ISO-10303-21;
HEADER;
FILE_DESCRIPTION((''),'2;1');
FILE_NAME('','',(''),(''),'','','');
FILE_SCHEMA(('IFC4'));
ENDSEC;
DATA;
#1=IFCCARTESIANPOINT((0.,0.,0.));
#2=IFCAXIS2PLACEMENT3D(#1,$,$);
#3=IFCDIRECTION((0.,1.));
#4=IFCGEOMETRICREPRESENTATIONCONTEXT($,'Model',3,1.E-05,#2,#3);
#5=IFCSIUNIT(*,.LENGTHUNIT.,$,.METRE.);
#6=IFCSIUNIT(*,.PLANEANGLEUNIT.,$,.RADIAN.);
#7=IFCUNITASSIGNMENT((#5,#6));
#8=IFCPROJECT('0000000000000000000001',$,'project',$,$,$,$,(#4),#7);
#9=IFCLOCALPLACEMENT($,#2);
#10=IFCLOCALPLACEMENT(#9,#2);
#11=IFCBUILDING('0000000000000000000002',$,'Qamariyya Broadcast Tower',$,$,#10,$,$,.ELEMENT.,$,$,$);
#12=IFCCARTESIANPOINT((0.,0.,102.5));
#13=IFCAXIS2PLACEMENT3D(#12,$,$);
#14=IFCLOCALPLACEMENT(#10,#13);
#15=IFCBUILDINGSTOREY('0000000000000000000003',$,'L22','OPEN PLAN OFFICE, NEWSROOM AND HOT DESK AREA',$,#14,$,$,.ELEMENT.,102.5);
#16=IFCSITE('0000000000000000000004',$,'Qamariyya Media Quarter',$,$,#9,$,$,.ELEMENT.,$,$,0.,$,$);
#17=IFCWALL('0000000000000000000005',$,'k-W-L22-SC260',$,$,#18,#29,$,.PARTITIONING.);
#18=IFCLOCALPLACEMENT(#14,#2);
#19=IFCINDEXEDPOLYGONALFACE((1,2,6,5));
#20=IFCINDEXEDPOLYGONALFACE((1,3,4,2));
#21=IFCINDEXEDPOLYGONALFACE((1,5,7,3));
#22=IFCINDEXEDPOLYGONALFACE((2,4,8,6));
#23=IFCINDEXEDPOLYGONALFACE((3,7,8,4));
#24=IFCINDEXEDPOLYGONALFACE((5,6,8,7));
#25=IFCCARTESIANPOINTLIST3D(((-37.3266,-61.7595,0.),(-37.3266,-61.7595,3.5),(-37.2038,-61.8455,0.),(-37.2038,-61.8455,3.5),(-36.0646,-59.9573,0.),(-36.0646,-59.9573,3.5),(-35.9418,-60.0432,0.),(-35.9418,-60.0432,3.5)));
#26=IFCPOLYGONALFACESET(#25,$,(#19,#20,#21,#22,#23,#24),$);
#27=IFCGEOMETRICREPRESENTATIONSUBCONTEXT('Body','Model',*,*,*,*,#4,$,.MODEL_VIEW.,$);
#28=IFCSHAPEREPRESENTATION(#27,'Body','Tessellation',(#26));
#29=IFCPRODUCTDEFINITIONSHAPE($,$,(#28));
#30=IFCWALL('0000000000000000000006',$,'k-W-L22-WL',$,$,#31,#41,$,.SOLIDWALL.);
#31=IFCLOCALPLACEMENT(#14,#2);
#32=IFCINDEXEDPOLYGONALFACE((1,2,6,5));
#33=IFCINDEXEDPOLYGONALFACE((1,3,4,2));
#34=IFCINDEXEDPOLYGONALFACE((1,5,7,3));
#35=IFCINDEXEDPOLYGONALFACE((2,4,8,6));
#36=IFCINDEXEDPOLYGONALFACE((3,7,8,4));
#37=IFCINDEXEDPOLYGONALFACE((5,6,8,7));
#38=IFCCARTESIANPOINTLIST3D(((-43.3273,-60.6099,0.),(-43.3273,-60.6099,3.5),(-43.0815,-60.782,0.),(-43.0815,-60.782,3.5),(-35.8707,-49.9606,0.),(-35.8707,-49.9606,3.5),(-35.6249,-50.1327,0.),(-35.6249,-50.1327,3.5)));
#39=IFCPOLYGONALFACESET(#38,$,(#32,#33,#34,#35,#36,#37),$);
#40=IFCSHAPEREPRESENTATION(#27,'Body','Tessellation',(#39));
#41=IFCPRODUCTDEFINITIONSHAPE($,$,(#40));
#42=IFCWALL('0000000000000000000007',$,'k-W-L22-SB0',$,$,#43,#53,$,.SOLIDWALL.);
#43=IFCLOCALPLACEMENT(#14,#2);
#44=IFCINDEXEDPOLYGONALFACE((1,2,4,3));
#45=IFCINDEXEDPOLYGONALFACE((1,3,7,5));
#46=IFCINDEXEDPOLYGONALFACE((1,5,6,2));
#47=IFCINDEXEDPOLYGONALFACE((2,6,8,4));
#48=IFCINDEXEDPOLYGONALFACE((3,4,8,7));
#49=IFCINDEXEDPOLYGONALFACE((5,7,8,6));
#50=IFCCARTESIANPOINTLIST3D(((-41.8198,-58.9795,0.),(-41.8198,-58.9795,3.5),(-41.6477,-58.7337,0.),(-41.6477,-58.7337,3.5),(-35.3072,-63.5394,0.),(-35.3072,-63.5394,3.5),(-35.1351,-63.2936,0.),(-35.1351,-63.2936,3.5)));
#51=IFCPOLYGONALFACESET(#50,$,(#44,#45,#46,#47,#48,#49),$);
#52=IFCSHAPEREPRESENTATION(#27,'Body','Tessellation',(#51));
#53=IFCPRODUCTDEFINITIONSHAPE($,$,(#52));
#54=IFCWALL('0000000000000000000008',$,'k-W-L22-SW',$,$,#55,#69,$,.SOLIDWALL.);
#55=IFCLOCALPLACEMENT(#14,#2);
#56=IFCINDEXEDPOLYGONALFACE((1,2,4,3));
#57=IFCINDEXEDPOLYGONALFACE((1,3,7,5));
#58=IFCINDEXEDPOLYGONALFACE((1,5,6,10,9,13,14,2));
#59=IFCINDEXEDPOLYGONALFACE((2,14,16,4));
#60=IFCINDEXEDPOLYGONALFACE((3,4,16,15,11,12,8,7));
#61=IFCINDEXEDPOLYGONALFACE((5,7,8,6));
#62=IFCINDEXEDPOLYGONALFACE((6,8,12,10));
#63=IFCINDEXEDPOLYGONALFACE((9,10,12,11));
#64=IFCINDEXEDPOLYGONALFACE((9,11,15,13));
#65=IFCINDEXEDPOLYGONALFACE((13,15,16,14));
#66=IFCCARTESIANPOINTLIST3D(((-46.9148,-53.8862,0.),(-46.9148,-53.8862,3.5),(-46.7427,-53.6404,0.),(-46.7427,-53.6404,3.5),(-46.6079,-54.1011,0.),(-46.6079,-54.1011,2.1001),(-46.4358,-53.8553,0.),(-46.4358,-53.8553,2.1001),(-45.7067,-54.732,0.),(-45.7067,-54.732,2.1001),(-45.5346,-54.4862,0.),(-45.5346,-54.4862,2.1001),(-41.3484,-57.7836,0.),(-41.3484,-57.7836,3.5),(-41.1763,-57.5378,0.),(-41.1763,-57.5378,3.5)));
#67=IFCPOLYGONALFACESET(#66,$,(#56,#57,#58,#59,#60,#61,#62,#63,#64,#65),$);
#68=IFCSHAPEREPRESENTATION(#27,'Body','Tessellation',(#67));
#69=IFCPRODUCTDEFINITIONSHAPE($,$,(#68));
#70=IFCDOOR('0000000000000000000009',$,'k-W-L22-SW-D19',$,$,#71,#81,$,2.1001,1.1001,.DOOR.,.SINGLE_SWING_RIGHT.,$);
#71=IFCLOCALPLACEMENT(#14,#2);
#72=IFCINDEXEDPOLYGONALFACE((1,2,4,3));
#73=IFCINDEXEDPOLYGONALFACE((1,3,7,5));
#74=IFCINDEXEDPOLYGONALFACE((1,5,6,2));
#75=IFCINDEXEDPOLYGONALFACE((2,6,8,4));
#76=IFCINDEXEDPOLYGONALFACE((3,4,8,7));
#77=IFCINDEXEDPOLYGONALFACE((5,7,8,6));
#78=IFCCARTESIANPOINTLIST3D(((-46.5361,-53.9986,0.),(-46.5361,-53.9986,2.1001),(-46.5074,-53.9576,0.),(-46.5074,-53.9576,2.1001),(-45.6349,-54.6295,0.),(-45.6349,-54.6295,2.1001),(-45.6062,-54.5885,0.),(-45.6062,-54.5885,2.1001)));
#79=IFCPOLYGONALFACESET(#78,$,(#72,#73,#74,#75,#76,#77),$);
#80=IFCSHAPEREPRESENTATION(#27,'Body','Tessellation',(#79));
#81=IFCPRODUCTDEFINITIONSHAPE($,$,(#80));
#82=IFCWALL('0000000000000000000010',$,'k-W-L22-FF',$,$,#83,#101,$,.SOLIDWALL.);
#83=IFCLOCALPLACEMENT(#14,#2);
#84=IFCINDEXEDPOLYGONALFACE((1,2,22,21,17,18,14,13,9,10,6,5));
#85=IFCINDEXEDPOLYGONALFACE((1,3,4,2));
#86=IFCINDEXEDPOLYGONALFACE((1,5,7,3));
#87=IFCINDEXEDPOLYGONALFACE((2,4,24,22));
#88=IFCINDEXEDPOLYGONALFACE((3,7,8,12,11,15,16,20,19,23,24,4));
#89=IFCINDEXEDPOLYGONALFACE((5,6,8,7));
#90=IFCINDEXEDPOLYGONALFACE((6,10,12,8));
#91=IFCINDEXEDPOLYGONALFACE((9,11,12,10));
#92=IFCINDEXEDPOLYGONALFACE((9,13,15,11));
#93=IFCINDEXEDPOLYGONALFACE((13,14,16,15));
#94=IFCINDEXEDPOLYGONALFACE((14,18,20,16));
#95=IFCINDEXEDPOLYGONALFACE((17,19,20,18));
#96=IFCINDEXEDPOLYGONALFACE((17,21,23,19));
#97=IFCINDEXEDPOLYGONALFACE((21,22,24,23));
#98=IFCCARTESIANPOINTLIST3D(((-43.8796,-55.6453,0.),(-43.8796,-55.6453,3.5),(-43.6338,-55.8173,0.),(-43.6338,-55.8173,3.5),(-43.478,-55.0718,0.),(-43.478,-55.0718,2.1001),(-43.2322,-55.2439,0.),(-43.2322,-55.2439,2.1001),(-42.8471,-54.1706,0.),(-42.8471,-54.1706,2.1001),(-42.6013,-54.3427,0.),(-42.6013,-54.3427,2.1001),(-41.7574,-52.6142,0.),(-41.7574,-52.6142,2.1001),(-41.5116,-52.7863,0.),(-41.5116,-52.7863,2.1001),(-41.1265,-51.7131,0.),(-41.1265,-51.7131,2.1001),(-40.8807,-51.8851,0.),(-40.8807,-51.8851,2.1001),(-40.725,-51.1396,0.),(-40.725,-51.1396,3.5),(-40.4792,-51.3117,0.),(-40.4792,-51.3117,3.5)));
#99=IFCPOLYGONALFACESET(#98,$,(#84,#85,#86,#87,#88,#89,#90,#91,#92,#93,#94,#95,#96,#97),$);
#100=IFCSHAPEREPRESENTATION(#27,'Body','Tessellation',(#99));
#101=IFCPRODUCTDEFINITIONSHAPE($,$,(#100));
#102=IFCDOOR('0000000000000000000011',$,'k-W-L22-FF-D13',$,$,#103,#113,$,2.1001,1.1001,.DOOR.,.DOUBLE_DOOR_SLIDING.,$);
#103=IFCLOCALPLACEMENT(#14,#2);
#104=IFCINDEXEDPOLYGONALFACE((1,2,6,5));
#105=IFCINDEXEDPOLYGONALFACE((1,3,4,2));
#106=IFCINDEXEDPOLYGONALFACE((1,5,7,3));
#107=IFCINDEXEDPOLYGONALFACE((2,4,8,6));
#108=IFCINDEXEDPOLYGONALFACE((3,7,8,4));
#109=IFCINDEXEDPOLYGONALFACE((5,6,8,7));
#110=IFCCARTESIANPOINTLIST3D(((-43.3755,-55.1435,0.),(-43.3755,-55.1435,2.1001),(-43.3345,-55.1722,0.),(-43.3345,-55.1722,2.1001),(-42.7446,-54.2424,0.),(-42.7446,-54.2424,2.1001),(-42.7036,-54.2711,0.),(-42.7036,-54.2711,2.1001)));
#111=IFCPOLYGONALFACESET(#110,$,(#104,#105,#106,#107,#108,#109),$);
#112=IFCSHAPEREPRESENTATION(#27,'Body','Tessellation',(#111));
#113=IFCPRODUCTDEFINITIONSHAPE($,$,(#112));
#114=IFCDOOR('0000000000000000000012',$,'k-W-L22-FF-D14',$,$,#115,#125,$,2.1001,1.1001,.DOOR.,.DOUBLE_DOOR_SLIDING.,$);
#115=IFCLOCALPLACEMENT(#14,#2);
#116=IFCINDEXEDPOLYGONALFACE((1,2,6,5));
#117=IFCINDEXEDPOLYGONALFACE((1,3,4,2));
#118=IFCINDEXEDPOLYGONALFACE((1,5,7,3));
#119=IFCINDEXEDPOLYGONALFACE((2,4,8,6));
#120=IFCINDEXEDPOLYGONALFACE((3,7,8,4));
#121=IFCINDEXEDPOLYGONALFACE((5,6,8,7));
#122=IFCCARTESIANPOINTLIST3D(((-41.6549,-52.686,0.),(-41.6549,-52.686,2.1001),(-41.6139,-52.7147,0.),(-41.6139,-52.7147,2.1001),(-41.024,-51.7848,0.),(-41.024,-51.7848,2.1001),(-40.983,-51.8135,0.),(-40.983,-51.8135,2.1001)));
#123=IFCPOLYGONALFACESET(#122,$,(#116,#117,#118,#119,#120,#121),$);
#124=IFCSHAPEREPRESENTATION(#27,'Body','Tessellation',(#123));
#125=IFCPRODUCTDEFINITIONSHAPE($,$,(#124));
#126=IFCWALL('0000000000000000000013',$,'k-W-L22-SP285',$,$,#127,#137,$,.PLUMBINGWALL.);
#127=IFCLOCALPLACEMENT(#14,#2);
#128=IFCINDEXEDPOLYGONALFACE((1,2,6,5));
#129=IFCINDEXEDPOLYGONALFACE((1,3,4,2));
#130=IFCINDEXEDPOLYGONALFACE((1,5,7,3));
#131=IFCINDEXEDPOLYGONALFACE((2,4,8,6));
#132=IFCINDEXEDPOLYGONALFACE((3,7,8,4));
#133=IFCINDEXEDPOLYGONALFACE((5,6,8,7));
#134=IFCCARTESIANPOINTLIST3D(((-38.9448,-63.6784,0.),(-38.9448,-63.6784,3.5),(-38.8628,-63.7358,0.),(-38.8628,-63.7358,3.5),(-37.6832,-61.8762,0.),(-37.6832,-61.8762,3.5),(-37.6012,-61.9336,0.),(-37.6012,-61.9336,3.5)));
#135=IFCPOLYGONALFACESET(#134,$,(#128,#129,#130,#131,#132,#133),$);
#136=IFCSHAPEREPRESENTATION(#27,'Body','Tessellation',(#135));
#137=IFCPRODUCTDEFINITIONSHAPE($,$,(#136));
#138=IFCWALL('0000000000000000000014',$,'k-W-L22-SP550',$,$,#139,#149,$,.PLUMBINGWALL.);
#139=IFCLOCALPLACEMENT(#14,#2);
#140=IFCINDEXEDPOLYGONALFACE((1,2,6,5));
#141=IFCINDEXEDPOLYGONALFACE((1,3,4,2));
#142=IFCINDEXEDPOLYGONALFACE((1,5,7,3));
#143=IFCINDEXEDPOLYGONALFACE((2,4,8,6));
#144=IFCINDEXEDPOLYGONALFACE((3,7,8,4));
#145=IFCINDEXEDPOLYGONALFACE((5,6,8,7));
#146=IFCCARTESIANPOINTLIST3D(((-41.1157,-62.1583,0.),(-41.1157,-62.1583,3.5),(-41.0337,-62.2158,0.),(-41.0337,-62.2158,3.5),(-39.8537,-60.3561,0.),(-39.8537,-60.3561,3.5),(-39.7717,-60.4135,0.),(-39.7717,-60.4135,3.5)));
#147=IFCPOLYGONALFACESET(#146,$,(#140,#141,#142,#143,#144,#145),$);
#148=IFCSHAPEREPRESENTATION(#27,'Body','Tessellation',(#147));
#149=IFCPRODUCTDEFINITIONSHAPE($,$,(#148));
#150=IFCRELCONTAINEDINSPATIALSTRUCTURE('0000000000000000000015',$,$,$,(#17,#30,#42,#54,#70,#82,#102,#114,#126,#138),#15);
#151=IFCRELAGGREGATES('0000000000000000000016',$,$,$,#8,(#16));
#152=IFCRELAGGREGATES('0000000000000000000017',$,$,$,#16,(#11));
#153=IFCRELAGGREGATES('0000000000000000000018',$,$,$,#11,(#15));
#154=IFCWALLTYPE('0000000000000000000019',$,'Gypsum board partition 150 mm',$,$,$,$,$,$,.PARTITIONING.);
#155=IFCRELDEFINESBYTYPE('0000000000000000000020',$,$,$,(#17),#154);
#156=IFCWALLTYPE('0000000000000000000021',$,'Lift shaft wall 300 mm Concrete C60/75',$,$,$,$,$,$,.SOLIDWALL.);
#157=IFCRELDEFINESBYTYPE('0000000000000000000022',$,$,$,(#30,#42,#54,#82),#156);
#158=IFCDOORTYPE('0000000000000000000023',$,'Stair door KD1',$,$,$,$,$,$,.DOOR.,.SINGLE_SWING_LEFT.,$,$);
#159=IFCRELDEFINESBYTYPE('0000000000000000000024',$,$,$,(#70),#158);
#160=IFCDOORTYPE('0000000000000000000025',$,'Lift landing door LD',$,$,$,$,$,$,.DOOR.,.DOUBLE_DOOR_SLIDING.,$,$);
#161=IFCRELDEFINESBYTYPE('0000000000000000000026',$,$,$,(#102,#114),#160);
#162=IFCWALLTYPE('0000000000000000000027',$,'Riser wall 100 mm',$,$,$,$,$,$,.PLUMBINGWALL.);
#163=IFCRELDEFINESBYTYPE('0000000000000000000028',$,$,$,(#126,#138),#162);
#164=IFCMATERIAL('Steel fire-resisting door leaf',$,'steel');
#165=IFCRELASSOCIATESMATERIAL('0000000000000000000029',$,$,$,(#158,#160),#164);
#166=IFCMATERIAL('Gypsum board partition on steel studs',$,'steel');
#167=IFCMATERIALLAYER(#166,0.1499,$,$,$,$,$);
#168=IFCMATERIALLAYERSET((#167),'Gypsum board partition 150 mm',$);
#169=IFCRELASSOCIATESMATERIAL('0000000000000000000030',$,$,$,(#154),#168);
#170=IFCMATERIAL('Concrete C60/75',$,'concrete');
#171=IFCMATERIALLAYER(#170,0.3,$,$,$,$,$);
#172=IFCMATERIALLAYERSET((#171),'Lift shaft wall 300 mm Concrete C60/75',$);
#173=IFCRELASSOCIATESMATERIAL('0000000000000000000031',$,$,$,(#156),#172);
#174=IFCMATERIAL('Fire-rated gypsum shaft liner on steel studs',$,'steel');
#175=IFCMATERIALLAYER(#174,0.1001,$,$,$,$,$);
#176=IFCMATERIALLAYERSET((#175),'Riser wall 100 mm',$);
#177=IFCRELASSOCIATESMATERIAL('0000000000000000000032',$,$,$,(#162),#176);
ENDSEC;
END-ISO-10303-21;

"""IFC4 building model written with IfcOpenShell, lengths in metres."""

from ifc_helpers import new_model, si_unit, direction, frame, frame_2d, origin, place, context, subcontext, project, spatial, rectangle, extrude, material, layer, layer_set, type_object, element, fill, save


model = new_model("IFC4")

# Units and contexts
model_context = context("Model", 3, precision=1e-05, world=origin(), true_north=direction((0.0, 1.0)))
body_context = subcontext(model_context, "Body", "Model", "MODEL_VIEW")
ifc_project = project(units=[si_unit("LENGTHUNIT", "METRE"), si_unit("PLANEANGLEUNIT", "RADIAN")], contexts=[model_context])

# Site, building, storey
site_placement = place(None, origin())
site = spatial("IfcSite", under=ifc_project, at=site_placement, Name="Qamariyya Media Quarter", CompositionType="ELEMENT", RefElevation=0.0)
building_placement = place(site_placement, origin())
building = spatial("IfcBuilding", under=site, at=building_placement, Name="Qamariyya Broadcast Tower", CompositionType="ELEMENT")
storey_placement = place(building_placement, frame((0.0, 0.0, 102.5)))
storey = spatial("IfcBuildingStorey", under=building, at=storey_placement, Name="L22", Description="OPEN PLAN OFFICE, NEWSROOM AND HOT DESK AREA", CompositionType="ELEMENT", Elevation=102.5)

# Shared definitions
ifc_material_1 = material(Name="Steel fire-resisting door leaf", Category="steel")

# Shared definitions
door_type_1 = type_object("IfcDoorType", Name="Stair door KD1", OperationType="SINGLE_SWING_LEFT", PredefinedType="DOOR", material=ifc_material_1)

# Walls
ifc_material_2 = material(Name="Gypsum board partition on steel studs", Category="steel")
ifc_layer_1 = layer(ifc_material_2, 0.1499)
ifc_layer_set_1 = layer_set([ifc_layer_1], Name="Gypsum board partition 150 mm")
wall_type_1 = type_object("IfcWallType", Name="Gypsum board partition 150 mm", PredefinedType="PARTITIONING", material=ifc_layer_set_1)
wall_1_placement = place(storey_placement, frame((-36.0032, -60.0002, 0.0), z_axis=(0.0, 0.0, 1.0), x_axis=(-0.573581, -0.819149, 0.0)))
element("IfcWall", 1, at=wall_1_placement, inside=storey, type_object=wall_type_1, Name="k-W-L22-SC260", PredefinedType="PARTITIONING", context=body_context, shape_type="SweptSolid", body=[
    extrude(rectangle(XDim=2.2002, YDim=0.1499, at=frame_2d((1.1001, 0.0))), origin(), (0.0, 0.0, 1.0), 3.5),
])
ifc_material_3 = material(Name="Concrete C60/75", Category="concrete")
ifc_layer_2 = layer(ifc_material_3, 0.3)
ifc_layer_set_2 = layer_set([ifc_layer_2], Name="Lift shaft wall 300 mm Concrete C60/75")
wall_type_2 = type_object("IfcWallType", Name="Lift shaft wall 300 mm Concrete C60/75", PredefinedType="SOLIDWALL", material=ifc_layer_set_2)
wall_2_placement = place(storey_placement, frame((-43.2043, -60.6958, 0.0), z_axis=(0.0, 0.0, 1.0), x_axis=(0.573572, 0.819155, 0.0)))
element("IfcWall", 2, at=wall_2_placement, inside=storey, type_object=wall_type_2, Name="k-W-L22-WL", PredefinedType="SOLIDWALL", context=body_context, shape_type="SweptSolid", body=[
    extrude(rectangle(XDim=13.0002, YDim=0.3, at=frame_2d((6.5, 0.0))), origin(), (0.0, 0.0, 1.0), 3.5),
])
wall_3_placement = place(storey_placement, frame((-35.2212, -63.4165, 0.0), z_axis=(0.0, 0.0, 1.0), x_axis=(-0.819167, 0.573555, 0.0)))
element("IfcWall", 3, at=wall_3_placement, inside=storey, type_object=wall_type_2, Name="k-W-L22-SB0", PredefinedType="SOLIDWALL", context=body_context, shape_type="SweptSolid", body=[
    extrude(rectangle(XDim=7.9502, YDim=0.3, at=frame_2d((3.9751, 0.0))), origin(), (0.0, 0.0, 1.0), 3.5),
])

# Wall, opening, door
wall_4_placement = place(storey_placement, frame((-41.2625, -57.6606, 0.0), z_axis=(0.0, 0.0, 1.0), x_axis=(-0.819164, 0.573559, 0.0)))
wall_4 = element("IfcWall", 4, at=wall_4_placement, inside=storey, type_object=wall_type_2, Name="k-W-L22-SW", PredefinedType="SOLIDWALL", context=body_context, shape_type="SweptSolid", body=[
    extrude(rectangle(XDim=6.7952, YDim=0.3, at=frame_2d((3.3975, 0.0))), origin(), (0.0, 0.0, 1.0), 3.5),
])
opening_1_placement = place(wall_4_placement, frame((5.3203, 0.0, 0.0)))
opening_1 = element("IfcOpeningElement", 5, at=opening_1_placement, cuts=wall_4, PredefinedType="OPENING", context=body_context, shape_type="SweptSolid", body=[
    extrude(rectangle(XDim=1.1001, YDim=2.1001, at=frame_2d((0.55, 1.05))), frame((0.0, 0.1599, 0.0), z_axis=(0.0, -1.0, 0.0), x_axis=(1.0, 0.0, 0.0)), (0.0, 0.0, 1.0), 0.3201),
])
door_1_placement = place(opening_1_placement, origin())
door_1 = element("IfcDoor", 6, at=door_1_placement, inside=storey, type_object=door_type_1, Name="k-W-L22-SW-D19", OperationType="SINGLE_SWING_RIGHT", OverallHeight=2.1001, OverallWidth=1.1001, PredefinedType="DOOR", context=body_context, shape_type="SweptSolid", body=[
    extrude(rectangle(XDim=1.1001, YDim=2.1001, at=frame_2d((0.55, 1.05))), frame((0.0, 0.0249, 0.0), z_axis=(0.0, -1.0, 0.0), x_axis=(1.0, 0.0, 0.0)), (0.0, 0.0, 1.0), 0.05),
])
fill(opening_1, door_1)

# Wall, openings, doors
wall_5_placement = place(storey_placement, frame((-43.7566, -55.7312, 0.0), z_axis=(0.0, 0.0, 1.0), x_axis=(0.573537, 0.81918, 0.0)))
wall_5 = element("IfcWall", 7, at=wall_5_placement, inside=storey, type_object=wall_type_2, Name="k-W-L22-FF", PredefinedType="SOLIDWALL", context=body_context, shape_type="SweptSolid", body=[
    extrude(rectangle(XDim=5.5002, YDim=0.3, at=frame_2d((2.75, 0.0))), origin(), (0.0, 0.0, 1.0), 3.5),
])
opening_2_placement = place(wall_5_placement, frame((0.7, 0.0, 0.0)))
opening_2 = element("IfcOpeningElement", 8, at=opening_2_placement, cuts=wall_5, PredefinedType="OPENING", context=body_context, shape_type="SweptSolid", body=[
    extrude(rectangle(XDim=1.1001, YDim=2.1001, at=frame_2d((0.55, 1.05))), frame((0.0, 0.1599, 0.0), z_axis=(0.0, -1.0, 0.0), x_axis=(1.0, 0.0, 0.0)), (0.0, 0.0, 1.0), 0.3201),
])
opening_3_placement = place(wall_5_placement, frame((3.7, 0.0, 0.0)))
opening_3 = element("IfcOpeningElement", 9, at=opening_3_placement, cuts=wall_5, PredefinedType="OPENING", context=body_context, shape_type="SweptSolid", body=[
    extrude(rectangle(XDim=1.1001, YDim=2.1001, at=frame_2d((0.55, 1.05))), frame((0.0, 0.1599, 0.0), z_axis=(0.0, -1.0, 0.0), x_axis=(1.0, 0.0, 0.0)), (0.0, 0.0, 1.0), 0.3201),
])
door_type_2 = type_object("IfcDoorType", Name="Lift landing door LD", OperationType="DOUBLE_DOOR_SLIDING", PredefinedType="DOOR", material=ifc_material_1)
door_2_placement = place(opening_2_placement, origin())
door_2 = element("IfcDoor", 10, at=door_2_placement, inside=storey, type_object=door_type_2, Name="k-W-L22-FF-D13", OperationType="DOUBLE_DOOR_SLIDING", OverallHeight=2.1001, OverallWidth=1.1001, PredefinedType="DOOR", context=body_context, shape_type="SweptSolid", body=[
    extrude(rectangle(XDim=1.1001, YDim=2.1001, at=frame_2d((0.55, 1.05))), frame((0.0, 0.0249, 0.0), z_axis=(0.0, -1.0, 0.0), x_axis=(1.0, 0.0, 0.0)), (0.0, 0.0, 1.0), 0.05),
])
fill(opening_2, door_2)
door_3_placement = place(opening_3_placement, origin())
door_3 = element("IfcDoor", 11, at=door_3_placement, inside=storey, type_object=door_type_2, Name="k-W-L22-FF-D14", OperationType="DOUBLE_DOOR_SLIDING", OverallHeight=2.1001, OverallWidth=1.1001, PredefinedType="DOOR", context=body_context, shape_type="SweptSolid", body=[
    extrude(rectangle(XDim=1.1001, YDim=2.1001, at=frame_2d((0.55, 1.05))), frame((0.0, 0.0249, 0.0), z_axis=(0.0, -1.0, 0.0), x_axis=(1.0, 0.0, 0.0)), (0.0, 0.0, 1.0), 0.05),
])
fill(opening_3, door_3)

# Walls
ifc_material_4 = material(Name="Fire-rated gypsum shaft liner on steel studs", Category="steel")
ifc_layer_3 = layer(ifc_material_4, 0.1001)
ifc_layer_set_3 = layer_set([ifc_layer_3], Name="Riser wall 100 mm")
wall_type_3 = type_object("IfcWallType", Name="Riser wall 100 mm", PredefinedType="PLUMBINGWALL", material=ifc_layer_set_3)
wall_6_placement = place(storey_placement, frame((-37.6421, -61.9048, 0.0), z_axis=(0.0, 0.0, 1.0), x_axis=(-0.573507, -0.819201, 0.0)))
element("IfcWall", 12, at=wall_6_placement, inside=storey, type_object=wall_type_3, Name="k-W-L22-SP285", PredefinedType="PLUMBINGWALL", context=body_context, shape_type="SweptSolid", body=[
    extrude(rectangle(XDim=2.2, YDim=0.1001, at=frame_2d((1.1001, 0.0))), origin(), (0.0, 0.0, 1.0), 3.5),
])
wall_7_placement = place(storey_placement, frame((-39.8127, -60.3848, 0.0), z_axis=(0.0, 0.0, 1.0), x_axis=(-0.573581, -0.819149, 0.0)))
element("IfcWall", 13, at=wall_7_placement, inside=storey, type_object=wall_type_3, Name="k-W-L22-SP550", PredefinedType="PLUMBINGWALL", context=body_context, shape_type="SweptSolid", body=[
    extrude(rectangle(XDim=2.2002, YDim=0.1001, at=frame_2d((1.1001, 0.0))), origin(), (0.0, 0.0, 1.0), 3.5),
])

save(model, "model.ifc")
